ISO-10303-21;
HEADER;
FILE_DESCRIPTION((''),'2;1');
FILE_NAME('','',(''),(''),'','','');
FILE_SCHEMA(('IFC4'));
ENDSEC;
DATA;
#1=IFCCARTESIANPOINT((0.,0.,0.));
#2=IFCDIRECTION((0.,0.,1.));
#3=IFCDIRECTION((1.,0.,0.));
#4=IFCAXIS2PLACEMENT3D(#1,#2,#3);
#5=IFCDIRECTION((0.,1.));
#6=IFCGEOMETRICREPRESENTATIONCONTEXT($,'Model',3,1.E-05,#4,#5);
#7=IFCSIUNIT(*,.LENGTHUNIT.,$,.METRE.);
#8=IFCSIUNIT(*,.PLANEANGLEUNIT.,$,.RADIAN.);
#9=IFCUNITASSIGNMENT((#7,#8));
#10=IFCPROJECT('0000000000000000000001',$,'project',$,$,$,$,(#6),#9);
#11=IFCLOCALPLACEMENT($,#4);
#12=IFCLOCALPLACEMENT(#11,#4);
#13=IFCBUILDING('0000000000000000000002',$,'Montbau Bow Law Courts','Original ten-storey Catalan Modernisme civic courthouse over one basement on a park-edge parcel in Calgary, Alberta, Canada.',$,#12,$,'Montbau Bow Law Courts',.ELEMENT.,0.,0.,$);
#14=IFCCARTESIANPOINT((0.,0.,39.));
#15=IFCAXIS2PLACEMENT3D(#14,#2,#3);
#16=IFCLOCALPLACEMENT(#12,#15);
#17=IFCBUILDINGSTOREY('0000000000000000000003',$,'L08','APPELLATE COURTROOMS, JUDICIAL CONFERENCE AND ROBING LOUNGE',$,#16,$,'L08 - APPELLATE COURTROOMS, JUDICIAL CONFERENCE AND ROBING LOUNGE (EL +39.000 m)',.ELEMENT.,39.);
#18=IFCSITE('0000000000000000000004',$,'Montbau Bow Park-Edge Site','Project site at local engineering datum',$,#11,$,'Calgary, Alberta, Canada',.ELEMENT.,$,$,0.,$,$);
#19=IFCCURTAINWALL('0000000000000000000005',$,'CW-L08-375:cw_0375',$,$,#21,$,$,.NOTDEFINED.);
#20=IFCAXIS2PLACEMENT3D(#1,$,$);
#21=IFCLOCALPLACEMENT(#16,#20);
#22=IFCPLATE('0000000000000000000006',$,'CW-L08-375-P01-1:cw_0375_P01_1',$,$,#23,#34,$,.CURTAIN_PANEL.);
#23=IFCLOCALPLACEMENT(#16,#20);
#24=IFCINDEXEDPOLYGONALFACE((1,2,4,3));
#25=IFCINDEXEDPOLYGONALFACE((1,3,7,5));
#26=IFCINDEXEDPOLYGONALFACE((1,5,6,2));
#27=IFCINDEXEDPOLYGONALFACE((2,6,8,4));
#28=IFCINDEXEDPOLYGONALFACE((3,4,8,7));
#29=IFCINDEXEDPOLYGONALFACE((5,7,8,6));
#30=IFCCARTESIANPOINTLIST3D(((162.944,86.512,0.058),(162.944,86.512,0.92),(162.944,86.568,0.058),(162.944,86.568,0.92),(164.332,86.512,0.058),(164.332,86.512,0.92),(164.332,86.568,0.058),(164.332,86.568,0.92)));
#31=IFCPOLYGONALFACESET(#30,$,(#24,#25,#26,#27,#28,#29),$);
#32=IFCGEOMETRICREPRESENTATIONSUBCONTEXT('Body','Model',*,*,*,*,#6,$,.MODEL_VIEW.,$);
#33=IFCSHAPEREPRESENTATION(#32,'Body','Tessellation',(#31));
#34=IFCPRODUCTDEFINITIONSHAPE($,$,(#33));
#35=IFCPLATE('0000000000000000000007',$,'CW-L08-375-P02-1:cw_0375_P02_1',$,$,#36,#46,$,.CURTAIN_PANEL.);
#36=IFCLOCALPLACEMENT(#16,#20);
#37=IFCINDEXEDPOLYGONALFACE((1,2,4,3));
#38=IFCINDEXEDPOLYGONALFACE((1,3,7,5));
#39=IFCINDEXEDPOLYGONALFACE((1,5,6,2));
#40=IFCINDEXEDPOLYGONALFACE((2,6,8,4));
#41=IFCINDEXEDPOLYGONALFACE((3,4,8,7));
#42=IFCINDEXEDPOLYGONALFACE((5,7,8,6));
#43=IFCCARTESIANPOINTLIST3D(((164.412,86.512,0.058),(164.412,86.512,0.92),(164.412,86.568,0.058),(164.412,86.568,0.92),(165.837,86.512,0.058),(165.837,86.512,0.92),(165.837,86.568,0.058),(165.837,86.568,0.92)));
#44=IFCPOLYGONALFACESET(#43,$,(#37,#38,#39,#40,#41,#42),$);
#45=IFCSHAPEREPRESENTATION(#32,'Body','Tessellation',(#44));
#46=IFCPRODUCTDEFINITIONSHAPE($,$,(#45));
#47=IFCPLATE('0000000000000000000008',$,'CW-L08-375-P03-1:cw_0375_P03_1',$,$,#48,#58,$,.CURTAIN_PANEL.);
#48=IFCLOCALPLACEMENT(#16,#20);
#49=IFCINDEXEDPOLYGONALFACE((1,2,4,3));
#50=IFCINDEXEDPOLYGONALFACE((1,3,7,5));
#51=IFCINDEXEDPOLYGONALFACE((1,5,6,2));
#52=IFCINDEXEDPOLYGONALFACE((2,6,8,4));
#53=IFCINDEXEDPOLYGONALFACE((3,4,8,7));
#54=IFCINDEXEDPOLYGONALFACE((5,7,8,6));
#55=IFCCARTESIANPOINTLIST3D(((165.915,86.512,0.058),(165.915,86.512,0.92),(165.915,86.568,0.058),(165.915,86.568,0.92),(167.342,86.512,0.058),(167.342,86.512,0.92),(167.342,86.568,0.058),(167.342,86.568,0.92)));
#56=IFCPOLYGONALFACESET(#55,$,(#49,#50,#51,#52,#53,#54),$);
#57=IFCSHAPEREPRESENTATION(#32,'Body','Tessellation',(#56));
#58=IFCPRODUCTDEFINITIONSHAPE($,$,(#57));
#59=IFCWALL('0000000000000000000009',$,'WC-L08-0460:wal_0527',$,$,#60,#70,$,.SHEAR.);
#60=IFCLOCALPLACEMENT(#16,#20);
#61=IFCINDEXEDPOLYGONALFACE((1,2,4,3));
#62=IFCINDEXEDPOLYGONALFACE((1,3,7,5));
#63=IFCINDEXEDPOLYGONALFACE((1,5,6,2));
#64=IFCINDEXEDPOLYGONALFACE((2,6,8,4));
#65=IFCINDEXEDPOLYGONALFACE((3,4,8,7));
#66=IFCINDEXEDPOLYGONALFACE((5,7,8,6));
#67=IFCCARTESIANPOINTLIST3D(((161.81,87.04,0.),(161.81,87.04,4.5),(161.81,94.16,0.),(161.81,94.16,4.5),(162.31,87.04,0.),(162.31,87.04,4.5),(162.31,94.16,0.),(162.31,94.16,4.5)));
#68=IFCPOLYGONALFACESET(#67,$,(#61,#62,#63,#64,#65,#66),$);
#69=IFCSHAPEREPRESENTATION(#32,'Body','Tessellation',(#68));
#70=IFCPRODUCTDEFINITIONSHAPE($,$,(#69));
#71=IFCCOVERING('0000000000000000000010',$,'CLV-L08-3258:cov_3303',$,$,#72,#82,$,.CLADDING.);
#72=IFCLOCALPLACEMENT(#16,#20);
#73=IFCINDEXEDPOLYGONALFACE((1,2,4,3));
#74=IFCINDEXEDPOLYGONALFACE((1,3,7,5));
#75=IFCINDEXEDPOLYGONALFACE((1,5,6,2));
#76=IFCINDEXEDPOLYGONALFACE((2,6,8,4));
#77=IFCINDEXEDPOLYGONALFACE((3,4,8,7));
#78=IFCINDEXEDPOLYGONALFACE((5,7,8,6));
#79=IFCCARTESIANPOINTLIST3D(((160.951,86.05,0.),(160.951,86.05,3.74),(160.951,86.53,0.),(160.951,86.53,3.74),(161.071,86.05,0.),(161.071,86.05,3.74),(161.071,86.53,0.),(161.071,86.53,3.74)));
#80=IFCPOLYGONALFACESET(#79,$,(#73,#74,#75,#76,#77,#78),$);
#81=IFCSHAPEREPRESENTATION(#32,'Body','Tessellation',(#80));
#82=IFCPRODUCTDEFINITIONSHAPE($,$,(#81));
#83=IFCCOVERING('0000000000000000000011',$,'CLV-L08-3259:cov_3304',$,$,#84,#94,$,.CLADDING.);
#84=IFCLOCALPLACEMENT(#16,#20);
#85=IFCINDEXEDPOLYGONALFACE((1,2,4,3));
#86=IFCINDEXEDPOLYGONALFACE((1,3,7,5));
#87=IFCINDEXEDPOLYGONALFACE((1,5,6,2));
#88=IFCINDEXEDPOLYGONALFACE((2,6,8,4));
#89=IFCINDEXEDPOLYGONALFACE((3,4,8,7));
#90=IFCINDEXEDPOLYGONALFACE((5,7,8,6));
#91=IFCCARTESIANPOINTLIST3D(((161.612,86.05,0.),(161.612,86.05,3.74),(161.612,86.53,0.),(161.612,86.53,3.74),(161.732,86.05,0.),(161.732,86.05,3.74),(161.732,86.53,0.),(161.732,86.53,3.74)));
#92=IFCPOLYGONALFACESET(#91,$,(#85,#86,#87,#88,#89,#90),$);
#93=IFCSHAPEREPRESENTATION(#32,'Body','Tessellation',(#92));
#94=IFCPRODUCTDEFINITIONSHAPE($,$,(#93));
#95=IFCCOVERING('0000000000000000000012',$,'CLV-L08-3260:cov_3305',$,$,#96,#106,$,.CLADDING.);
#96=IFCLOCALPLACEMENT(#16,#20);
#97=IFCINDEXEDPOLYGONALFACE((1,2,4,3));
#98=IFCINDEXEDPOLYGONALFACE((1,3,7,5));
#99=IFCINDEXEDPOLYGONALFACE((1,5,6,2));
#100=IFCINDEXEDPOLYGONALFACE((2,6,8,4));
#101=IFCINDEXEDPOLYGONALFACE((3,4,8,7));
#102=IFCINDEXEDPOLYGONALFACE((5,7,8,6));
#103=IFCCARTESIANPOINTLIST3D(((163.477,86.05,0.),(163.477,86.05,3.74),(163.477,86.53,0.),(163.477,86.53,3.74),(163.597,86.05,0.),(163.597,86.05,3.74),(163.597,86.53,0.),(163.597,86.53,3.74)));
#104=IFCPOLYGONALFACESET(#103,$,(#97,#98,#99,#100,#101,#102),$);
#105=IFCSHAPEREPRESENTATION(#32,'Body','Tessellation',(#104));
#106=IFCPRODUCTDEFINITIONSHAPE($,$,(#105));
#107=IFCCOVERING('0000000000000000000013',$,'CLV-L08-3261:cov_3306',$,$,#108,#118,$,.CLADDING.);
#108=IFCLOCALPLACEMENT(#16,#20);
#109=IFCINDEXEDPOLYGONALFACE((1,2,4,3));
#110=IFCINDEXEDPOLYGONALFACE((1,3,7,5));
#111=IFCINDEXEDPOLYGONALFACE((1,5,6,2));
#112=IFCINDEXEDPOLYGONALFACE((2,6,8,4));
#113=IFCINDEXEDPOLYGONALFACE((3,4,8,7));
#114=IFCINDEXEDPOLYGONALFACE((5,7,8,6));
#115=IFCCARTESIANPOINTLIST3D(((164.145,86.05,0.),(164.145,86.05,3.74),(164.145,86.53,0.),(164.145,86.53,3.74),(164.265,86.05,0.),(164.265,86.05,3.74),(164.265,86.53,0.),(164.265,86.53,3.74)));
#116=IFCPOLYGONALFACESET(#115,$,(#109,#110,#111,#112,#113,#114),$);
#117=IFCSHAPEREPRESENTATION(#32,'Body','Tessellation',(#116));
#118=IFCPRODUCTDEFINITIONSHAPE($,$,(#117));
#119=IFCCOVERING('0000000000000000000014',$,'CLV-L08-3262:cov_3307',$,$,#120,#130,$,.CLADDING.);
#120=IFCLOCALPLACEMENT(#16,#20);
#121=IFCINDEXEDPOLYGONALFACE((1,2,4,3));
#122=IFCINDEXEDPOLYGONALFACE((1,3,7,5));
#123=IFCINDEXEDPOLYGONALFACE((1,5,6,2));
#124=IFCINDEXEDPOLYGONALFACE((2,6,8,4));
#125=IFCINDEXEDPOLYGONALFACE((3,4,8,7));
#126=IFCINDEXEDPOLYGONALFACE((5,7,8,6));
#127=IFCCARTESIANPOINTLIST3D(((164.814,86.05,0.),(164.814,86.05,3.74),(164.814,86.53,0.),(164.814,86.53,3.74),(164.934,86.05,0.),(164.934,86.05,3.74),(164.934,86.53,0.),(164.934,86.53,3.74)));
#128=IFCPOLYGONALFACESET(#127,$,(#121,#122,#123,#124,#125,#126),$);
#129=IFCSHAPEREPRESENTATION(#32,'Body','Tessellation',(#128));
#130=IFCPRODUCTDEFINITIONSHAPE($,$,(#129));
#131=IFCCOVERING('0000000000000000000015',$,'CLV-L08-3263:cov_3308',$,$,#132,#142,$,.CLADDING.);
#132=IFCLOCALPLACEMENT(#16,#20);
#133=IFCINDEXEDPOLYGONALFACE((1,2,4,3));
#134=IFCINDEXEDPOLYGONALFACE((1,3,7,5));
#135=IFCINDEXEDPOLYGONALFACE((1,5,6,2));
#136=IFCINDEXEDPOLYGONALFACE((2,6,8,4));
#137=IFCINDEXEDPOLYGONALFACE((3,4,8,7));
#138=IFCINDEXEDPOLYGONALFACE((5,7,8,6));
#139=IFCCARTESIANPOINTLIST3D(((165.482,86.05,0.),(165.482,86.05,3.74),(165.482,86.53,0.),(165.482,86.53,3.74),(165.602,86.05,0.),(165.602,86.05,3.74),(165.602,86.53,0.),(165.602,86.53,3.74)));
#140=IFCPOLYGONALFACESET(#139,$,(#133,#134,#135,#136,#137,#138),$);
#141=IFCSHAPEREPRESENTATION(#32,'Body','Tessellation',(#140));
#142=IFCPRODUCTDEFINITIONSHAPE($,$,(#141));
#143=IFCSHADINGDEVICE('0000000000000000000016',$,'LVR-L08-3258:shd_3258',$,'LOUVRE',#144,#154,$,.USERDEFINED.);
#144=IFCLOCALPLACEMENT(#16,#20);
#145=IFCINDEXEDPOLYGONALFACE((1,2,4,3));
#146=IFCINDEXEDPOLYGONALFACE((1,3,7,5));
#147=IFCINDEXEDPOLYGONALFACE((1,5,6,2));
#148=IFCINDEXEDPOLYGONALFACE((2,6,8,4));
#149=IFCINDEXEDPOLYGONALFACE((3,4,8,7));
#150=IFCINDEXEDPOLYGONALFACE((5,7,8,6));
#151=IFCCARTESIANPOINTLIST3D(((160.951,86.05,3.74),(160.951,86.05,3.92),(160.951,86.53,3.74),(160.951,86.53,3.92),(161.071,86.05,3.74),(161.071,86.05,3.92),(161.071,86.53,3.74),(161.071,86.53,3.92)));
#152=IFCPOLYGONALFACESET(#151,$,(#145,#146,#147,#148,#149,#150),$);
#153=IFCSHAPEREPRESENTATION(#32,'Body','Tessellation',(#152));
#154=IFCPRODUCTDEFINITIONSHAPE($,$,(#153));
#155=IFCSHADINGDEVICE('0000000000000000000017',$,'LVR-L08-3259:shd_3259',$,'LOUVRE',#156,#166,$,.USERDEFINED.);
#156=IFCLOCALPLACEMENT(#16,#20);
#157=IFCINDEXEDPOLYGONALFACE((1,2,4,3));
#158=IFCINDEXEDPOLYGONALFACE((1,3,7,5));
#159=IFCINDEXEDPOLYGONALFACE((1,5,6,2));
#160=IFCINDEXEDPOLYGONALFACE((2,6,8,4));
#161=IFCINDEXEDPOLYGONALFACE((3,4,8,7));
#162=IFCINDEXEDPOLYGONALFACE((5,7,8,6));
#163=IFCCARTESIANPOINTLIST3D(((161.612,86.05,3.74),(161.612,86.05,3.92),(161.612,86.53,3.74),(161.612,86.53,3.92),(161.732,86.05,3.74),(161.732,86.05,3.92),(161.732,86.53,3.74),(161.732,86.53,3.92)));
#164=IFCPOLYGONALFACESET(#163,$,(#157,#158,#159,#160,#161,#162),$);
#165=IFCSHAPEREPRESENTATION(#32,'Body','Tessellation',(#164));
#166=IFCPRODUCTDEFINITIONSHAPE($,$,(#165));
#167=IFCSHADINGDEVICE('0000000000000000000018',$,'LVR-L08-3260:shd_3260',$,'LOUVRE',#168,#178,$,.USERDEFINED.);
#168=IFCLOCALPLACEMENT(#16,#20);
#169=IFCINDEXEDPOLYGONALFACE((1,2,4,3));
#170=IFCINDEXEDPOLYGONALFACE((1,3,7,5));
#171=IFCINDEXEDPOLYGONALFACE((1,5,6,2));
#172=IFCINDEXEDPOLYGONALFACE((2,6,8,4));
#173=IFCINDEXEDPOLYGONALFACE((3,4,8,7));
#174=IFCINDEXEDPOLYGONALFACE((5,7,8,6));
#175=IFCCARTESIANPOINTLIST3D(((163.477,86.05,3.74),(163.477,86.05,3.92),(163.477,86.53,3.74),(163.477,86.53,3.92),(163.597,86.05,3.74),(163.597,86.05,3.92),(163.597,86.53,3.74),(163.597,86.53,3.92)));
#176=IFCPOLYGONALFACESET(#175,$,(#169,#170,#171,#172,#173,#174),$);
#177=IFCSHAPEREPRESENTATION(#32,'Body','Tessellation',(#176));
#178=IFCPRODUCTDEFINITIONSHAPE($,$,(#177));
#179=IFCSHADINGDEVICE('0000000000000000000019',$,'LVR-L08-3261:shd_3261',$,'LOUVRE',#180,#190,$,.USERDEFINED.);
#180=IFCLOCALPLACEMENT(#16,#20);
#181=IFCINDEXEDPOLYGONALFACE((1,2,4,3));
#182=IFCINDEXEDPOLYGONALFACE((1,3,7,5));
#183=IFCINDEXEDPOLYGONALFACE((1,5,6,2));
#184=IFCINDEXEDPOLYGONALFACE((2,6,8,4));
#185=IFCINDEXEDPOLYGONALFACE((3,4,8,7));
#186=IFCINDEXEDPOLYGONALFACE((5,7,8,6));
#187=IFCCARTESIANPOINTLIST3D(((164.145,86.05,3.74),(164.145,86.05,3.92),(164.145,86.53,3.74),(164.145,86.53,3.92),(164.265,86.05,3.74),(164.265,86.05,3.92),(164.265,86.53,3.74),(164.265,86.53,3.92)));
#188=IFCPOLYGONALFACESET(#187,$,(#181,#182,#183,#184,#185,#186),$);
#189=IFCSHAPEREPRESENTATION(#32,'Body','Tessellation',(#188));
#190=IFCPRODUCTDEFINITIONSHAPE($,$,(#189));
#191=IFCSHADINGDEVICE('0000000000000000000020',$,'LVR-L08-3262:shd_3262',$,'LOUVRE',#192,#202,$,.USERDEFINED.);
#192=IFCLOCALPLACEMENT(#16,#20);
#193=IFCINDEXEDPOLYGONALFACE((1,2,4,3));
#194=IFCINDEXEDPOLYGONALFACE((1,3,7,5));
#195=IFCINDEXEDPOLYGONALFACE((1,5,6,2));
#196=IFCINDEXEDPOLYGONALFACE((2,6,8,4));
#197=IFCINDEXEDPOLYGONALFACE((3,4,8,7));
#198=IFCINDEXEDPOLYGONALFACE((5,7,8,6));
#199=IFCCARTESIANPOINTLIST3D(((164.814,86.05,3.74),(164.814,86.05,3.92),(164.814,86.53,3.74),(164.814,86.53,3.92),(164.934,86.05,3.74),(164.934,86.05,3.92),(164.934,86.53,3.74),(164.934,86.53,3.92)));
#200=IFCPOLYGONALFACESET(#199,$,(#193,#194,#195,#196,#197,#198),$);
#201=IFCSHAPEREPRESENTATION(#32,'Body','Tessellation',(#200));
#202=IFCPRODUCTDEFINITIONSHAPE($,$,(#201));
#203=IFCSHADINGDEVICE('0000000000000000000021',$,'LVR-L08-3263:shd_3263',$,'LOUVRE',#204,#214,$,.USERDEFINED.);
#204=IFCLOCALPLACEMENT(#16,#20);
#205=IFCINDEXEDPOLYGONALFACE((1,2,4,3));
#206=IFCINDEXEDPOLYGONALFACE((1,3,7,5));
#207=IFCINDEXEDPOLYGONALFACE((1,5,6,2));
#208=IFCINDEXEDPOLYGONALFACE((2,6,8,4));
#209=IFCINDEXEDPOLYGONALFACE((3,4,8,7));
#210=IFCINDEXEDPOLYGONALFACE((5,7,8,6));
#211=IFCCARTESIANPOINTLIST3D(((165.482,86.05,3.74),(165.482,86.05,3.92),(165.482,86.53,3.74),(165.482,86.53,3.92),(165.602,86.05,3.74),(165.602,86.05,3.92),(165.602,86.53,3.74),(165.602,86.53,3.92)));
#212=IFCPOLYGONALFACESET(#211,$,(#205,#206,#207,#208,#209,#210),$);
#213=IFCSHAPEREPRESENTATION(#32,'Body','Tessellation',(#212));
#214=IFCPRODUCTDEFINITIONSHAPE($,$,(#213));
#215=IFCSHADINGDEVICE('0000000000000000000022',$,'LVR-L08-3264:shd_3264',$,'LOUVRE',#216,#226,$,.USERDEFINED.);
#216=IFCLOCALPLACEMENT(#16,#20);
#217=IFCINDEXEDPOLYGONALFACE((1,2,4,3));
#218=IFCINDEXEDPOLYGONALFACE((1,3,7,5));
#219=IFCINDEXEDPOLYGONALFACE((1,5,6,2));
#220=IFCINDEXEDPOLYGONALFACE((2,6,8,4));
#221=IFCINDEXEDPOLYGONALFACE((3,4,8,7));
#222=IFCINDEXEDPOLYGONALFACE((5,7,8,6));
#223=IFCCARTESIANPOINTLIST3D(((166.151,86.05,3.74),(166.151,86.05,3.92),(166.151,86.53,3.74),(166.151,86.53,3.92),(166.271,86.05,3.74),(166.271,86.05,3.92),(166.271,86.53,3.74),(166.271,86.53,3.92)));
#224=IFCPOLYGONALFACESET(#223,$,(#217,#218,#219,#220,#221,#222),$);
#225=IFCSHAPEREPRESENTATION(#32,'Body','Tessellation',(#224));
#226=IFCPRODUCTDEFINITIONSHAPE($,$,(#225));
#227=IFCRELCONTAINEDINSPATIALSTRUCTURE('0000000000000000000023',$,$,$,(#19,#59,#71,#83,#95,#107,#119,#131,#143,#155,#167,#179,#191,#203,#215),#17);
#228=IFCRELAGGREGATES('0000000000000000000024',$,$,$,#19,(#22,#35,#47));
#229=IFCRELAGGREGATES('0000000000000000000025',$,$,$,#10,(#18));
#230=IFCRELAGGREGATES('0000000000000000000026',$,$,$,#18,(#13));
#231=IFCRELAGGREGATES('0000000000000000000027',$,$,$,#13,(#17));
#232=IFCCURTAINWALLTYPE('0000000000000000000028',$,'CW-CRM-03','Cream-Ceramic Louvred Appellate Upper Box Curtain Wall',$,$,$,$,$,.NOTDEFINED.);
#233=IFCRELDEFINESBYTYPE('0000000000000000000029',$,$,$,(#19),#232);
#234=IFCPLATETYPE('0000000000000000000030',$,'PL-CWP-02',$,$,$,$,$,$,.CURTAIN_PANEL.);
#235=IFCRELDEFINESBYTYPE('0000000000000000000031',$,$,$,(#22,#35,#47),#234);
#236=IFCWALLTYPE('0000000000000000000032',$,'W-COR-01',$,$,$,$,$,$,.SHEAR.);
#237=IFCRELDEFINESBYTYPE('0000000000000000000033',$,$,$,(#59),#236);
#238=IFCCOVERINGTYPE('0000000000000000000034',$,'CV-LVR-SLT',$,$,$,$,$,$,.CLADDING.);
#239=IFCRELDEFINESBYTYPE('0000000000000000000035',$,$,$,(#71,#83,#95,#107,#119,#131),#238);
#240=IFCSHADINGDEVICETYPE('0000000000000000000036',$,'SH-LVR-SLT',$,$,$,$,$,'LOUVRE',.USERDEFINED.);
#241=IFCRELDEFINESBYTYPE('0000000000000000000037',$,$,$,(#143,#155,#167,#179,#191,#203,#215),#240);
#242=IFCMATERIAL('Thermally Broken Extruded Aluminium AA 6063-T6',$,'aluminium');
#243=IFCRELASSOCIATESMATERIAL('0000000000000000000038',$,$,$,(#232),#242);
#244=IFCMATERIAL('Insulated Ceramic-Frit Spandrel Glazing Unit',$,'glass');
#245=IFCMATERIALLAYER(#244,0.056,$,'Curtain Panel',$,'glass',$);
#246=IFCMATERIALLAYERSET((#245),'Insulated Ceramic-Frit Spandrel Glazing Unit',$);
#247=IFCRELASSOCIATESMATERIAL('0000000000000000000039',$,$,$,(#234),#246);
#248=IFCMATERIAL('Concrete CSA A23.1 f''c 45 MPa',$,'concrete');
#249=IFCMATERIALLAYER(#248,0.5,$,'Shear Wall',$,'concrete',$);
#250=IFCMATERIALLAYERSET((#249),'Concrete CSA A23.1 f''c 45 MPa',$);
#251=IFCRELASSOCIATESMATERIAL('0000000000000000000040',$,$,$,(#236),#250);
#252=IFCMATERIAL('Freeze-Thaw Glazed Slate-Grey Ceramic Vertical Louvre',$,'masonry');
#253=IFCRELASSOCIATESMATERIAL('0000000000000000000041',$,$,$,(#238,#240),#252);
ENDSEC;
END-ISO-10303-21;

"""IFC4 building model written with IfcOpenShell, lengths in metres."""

from ifc_helpers import new_model, si_unit, direction, frame, frame_2d, origin_with_axes, origin_2d_with_axis, place, context, subcontext, project, spatial, rectangle, extrude, material, layer, layer_set, type_object, element, aggregate, save


model = new_model("IFC4")

# Units and contexts
model_context = context("Model", 3, precision=1e-05, world=origin_with_axes(), true_north=direction((0.0, 1.0)))
body_context = subcontext(model_context, "Body", "Model", "MODEL_VIEW")
ifc_project = project(units=[si_unit("LENGTHUNIT", "METRE"), si_unit("PLANEANGLEUNIT", "RADIAN")], contexts=[model_context])

# Site, building, storey
site_placement = place(None, origin_with_axes())
site = spatial("IfcSite", under=ifc_project, at=site_placement, Name="Montbau Bow Park-Edge Site", Description="Project site at local engineering datum", LongName="Calgary, Alberta, Canada", CompositionType="ELEMENT", RefElevation=0.0)
building_placement = place(site_placement, origin_with_axes())
building = spatial("IfcBuilding", under=site, at=building_placement, Name="Montbau Bow Law Courts", Description="Original ten-storey Catalan Modernisme civic courthouse over one basement on a park-edge parcel in Calgary, Alberta, Canada.", LongName="Montbau Bow Law Courts", CompositionType="ELEMENT", ElevationOfRefHeight=0.0, ElevationOfTerrain=0.0)
storey_placement = place(building_placement, frame((0.0, 0.0, 39.0), z_axis=(0.0, 0.0, 1.0), x_axis=(1.0, 0.0, 0.0)))
storey = spatial("IfcBuildingStorey", under=building, at=storey_placement, Name="L08", Description="APPELLATE COURTROOMS, JUDICIAL CONFERENCE AND ROBING LOUNGE", LongName="L08 - APPELLATE COURTROOMS, JUDICIAL CONFERENCE AND ROBING LOUNGE (EL +39.000 m)", CompositionType="ELEMENT", Elevation=39.0)

# Curtain wall
ifc_material_1 = material(Name="Thermally Broken Extruded Aluminium AA 6063-T6", Category="aluminium")
curtain_wall_type = type_object("IfcCurtainWallType", Name="CW-CRM-03", Description="Cream-Ceramic Louvred Appellate Upper Box Curtain Wall", PredefinedType="NOTDEFINED", material=ifc_material_1)
curtain_wall_1_placement = place(None, frame((162.868, 86.54, 39.0), z_axis=(0.0, 0.0, 1.0), x_axis=(1.0, 0.0, 0.0)))
curtain_wall_1 = element("IfcCurtainWall", 1, at=curtain_wall_1_placement, inside=storey, type_object=curtain_wall_type, Name="CW-L08-375:cw_0375", PredefinedType="NOTDEFINED")

# Plates
ifc_material_2 = material(Name="Insulated Ceramic-Frit Spandrel Glazing Unit", Category="glass")
ifc_layer_1 = layer(ifc_material_2, 0.056, Name="Curtain Panel", Category="glass")
ifc_layer_set_1 = layer_set([ifc_layer_1], Name="Insulated Ceramic-Frit Spandrel Glazing Unit")
plate_type_1 = type_object("IfcPlateType", Name="PL-CWP-02", PredefinedType="CURTAIN_PANEL", material=ifc_layer_set_1)
plate_1_placement = place(None, frame((162.944, 86.54, 39.058), z_axis=(0.0, -1.0, 0.0), x_axis=(1.0, 0.0, 0.0)))
plate_1 = element("IfcPlate", 2, at=plate_1_placement, type_object=plate_type_1, Name="CW-L08-375-P01-1:cw_0375_P01_1", PredefinedType="CURTAIN_PANEL", context=body_context, shape_type="SweptSolid", body=[
    extrude(rectangle(XDim=1.388, YDim=0.862, at=frame_2d((0.694, 0.431), x_axis=(1.0, 0.0))), frame((0.0, 0.0, -0.028), z_axis=(0.0, 0.0, 1.0), x_axis=(1.0, 0.0, 0.0)), (0.0, 0.0, 1.0), 0.056),
])
plate_2_placement = place(None, frame((164.412, 86.54, 39.058), z_axis=(0.0, -1.0, 0.0), x_axis=(1.0, 0.0, 0.0)))
plate_2 = element("IfcPlate", 3, at=plate_2_placement, type_object=plate_type_1, Name="CW-L08-375-P02-1:cw_0375_P02_1", PredefinedType="CURTAIN_PANEL", context=body_context, shape_type="SweptSolid", body=[
    extrude(rectangle(XDim=1.425, YDim=0.862, at=frame_2d((0.7125, 0.431), x_axis=(1.0, 0.0))), frame((0.0, 0.0, -0.028), z_axis=(0.0, 0.0, 1.0), x_axis=(1.0, 0.0, 0.0)), (0.0, 0.0, 1.0), 0.056),
])
plate_3_placement = place(None, frame((165.915, 86.54, 39.058), z_axis=(0.0, -1.0, 0.0), x_axis=(1.0, 0.0, 0.0)))
plate_3 = element("IfcPlate", 4, at=plate_3_placement, type_object=plate_type_1, Name="CW-L08-375-P03-1:cw_0375_P03_1", PredefinedType="CURTAIN_PANEL", context=body_context, shape_type="SweptSolid", body=[
    extrude(rectangle(XDim=1.427, YDim=0.862, at=frame_2d((0.7135, 0.431), x_axis=(1.0, 0.0))), frame((0.0, 0.0, -0.028), z_axis=(0.0, 0.0, 1.0), x_axis=(1.0, 0.0, 0.0)), (0.0, 0.0, 1.0), 0.056),
])
aggregate(curtain_wall_1, [plate_1, plate_2, plate_3])

# Wall
ifc_material_3 = material(Name="Concrete CSA A23.1 f'c 45 MPa", Category="concrete")
ifc_layer_2 = layer(ifc_material_3, 0.5, Name="Shear Wall", Category="concrete")
ifc_layer_set_2 = layer_set([ifc_layer_2], Name="Concrete CSA A23.1 f'c 45 MPa")
wall_type = type_object("IfcWallType", Name="W-COR-01", PredefinedType="SHEAR", material=ifc_layer_set_2)
wall_placement = place(None, frame((162.06, 87.04, 39.0), z_axis=(0.0, 0.0, 1.0), x_axis=(0.0, 1.0, 0.0)))
element("IfcWall", 5, at=wall_placement, inside=storey, type_object=wall_type, Name="WC-L08-0460:wal_0527", PredefinedType="SHEAR", context=body_context, shape_type="SweptSolid", body=[
    extrude(rectangle(XDim=7.12, YDim=0.5, at=frame_2d((3.56, 0.0), x_axis=(1.0, 0.0))), origin_with_axes(), (0.0, 0.0, 1.0), 4.5),
])

# Coverings
ifc_material_4 = material(Name="Freeze-Thaw Glazed Slate-Grey Ceramic Vertical Louvre", Category="masonry")
covering_type = type_object("IfcCoveringType", Name="CV-LVR-SLT", PredefinedType="CLADDING", material=ifc_material_4)
for number, where, z_axis, x_axis, name in (
    (6, (161.011, 86.53, 39.0), (-1.0, 0.0, 0.0), (0.0, -1.0, 0.0), "CLV-L08-3258:cov_3303"),
    (7, (161.672, 86.53, 39.0), (-1.0, 0.0, 0.0), (0.0, -1.0, 0.0), "CLV-L08-3259:cov_3304"),
    (8, (163.537, 86.53, 39.0), (-1.0, 0.0, 0.0), (0.0, -1.0, 0.0), "CLV-L08-3260:cov_3305"),
    (9, (164.205, 86.53, 39.0), (-1.0, 0.0, 0.0), (0.0, -1.0, 0.0), "CLV-L08-3261:cov_3306"),
    (10, (164.874, 86.53, 39.0), (-1.0, 0.0, 0.0), (0.0, -1.0, 0.0), "CLV-L08-3262:cov_3307"),
    (11, (165.542, 86.53, 39.0), (-1.0, 0.0, 0.0), (0.0, -1.0, 0.0), "CLV-L08-3263:cov_3308"),
):
    element("IfcCovering", number, at=place(None, frame(where, z_axis=z_axis, x_axis=x_axis)), inside=storey, type_object=covering_type, Name=name, PredefinedType="CLADDING", context=body_context, shape_type="SweptSolid", body=[
        extrude(rectangle(XDim=0.48, YDim=3.74, at=frame_2d((0.24, 1.87), x_axis=(1.0, 0.0))), frame((0.0, 0.0, -0.06), z_axis=(0.0, 0.0, 1.0), x_axis=(1.0, 0.0, 0.0)), (0.0, 0.0, 1.0), 0.12),
    ])

# Shading devices
shading_device_type = type_object("IfcShadingDeviceType", Name="SH-LVR-SLT", ElementType="LOUVRE", PredefinedType="USERDEFINED", material=ifc_material_4)
for number, where, z_axis, x_axis, name in (
    (12, (161.011, 86.29, 42.74), (0.0, 0.0, 1.0), (0.0, -1.0, 0.0), "LVR-L08-3258:shd_3258"),
    (13, (161.672, 86.29, 42.74), (0.0, 0.0, 1.0), (0.0, -1.0, 0.0), "LVR-L08-3259:shd_3259"),
    (14, (163.537, 86.29, 42.74), (0.0, 0.0, 1.0), (0.0, -1.0, 0.0), "LVR-L08-3260:shd_3260"),
    (15, (164.205, 86.29, 42.74), (0.0, 0.0, 1.0), (0.0, -1.0, 0.0), "LVR-L08-3261:shd_3261"),
    (16, (164.874, 86.29, 42.74), (0.0, 0.0, 1.0), (0.0, -1.0, 0.0), "LVR-L08-3262:shd_3262"),
    (17, (165.542, 86.29, 42.74), (0.0, 0.0, 1.0), (0.0, -1.0, 0.0), "LVR-L08-3263:shd_3263"),
    (18, (166.211, 86.29, 42.74), (0.0, 0.0, 1.0), (0.0, -1.0, 0.0), "LVR-L08-3264:shd_3264"),
):
    element("IfcShadingDevice", number, at=place(None, frame(where, z_axis=z_axis, x_axis=x_axis)), inside=storey, type_object=shading_device_type, Name=name, ObjectType="LOUVRE", PredefinedType="USERDEFINED", context=body_context, shape_type="SweptSolid", body=[
        extrude(rectangle(XDim=0.48, YDim=0.12, at=origin_2d_with_axis()), origin_with_axes(), (0.0, 0.0, 1.0), 0.18),
    ])

save(model, "model.ifc")
